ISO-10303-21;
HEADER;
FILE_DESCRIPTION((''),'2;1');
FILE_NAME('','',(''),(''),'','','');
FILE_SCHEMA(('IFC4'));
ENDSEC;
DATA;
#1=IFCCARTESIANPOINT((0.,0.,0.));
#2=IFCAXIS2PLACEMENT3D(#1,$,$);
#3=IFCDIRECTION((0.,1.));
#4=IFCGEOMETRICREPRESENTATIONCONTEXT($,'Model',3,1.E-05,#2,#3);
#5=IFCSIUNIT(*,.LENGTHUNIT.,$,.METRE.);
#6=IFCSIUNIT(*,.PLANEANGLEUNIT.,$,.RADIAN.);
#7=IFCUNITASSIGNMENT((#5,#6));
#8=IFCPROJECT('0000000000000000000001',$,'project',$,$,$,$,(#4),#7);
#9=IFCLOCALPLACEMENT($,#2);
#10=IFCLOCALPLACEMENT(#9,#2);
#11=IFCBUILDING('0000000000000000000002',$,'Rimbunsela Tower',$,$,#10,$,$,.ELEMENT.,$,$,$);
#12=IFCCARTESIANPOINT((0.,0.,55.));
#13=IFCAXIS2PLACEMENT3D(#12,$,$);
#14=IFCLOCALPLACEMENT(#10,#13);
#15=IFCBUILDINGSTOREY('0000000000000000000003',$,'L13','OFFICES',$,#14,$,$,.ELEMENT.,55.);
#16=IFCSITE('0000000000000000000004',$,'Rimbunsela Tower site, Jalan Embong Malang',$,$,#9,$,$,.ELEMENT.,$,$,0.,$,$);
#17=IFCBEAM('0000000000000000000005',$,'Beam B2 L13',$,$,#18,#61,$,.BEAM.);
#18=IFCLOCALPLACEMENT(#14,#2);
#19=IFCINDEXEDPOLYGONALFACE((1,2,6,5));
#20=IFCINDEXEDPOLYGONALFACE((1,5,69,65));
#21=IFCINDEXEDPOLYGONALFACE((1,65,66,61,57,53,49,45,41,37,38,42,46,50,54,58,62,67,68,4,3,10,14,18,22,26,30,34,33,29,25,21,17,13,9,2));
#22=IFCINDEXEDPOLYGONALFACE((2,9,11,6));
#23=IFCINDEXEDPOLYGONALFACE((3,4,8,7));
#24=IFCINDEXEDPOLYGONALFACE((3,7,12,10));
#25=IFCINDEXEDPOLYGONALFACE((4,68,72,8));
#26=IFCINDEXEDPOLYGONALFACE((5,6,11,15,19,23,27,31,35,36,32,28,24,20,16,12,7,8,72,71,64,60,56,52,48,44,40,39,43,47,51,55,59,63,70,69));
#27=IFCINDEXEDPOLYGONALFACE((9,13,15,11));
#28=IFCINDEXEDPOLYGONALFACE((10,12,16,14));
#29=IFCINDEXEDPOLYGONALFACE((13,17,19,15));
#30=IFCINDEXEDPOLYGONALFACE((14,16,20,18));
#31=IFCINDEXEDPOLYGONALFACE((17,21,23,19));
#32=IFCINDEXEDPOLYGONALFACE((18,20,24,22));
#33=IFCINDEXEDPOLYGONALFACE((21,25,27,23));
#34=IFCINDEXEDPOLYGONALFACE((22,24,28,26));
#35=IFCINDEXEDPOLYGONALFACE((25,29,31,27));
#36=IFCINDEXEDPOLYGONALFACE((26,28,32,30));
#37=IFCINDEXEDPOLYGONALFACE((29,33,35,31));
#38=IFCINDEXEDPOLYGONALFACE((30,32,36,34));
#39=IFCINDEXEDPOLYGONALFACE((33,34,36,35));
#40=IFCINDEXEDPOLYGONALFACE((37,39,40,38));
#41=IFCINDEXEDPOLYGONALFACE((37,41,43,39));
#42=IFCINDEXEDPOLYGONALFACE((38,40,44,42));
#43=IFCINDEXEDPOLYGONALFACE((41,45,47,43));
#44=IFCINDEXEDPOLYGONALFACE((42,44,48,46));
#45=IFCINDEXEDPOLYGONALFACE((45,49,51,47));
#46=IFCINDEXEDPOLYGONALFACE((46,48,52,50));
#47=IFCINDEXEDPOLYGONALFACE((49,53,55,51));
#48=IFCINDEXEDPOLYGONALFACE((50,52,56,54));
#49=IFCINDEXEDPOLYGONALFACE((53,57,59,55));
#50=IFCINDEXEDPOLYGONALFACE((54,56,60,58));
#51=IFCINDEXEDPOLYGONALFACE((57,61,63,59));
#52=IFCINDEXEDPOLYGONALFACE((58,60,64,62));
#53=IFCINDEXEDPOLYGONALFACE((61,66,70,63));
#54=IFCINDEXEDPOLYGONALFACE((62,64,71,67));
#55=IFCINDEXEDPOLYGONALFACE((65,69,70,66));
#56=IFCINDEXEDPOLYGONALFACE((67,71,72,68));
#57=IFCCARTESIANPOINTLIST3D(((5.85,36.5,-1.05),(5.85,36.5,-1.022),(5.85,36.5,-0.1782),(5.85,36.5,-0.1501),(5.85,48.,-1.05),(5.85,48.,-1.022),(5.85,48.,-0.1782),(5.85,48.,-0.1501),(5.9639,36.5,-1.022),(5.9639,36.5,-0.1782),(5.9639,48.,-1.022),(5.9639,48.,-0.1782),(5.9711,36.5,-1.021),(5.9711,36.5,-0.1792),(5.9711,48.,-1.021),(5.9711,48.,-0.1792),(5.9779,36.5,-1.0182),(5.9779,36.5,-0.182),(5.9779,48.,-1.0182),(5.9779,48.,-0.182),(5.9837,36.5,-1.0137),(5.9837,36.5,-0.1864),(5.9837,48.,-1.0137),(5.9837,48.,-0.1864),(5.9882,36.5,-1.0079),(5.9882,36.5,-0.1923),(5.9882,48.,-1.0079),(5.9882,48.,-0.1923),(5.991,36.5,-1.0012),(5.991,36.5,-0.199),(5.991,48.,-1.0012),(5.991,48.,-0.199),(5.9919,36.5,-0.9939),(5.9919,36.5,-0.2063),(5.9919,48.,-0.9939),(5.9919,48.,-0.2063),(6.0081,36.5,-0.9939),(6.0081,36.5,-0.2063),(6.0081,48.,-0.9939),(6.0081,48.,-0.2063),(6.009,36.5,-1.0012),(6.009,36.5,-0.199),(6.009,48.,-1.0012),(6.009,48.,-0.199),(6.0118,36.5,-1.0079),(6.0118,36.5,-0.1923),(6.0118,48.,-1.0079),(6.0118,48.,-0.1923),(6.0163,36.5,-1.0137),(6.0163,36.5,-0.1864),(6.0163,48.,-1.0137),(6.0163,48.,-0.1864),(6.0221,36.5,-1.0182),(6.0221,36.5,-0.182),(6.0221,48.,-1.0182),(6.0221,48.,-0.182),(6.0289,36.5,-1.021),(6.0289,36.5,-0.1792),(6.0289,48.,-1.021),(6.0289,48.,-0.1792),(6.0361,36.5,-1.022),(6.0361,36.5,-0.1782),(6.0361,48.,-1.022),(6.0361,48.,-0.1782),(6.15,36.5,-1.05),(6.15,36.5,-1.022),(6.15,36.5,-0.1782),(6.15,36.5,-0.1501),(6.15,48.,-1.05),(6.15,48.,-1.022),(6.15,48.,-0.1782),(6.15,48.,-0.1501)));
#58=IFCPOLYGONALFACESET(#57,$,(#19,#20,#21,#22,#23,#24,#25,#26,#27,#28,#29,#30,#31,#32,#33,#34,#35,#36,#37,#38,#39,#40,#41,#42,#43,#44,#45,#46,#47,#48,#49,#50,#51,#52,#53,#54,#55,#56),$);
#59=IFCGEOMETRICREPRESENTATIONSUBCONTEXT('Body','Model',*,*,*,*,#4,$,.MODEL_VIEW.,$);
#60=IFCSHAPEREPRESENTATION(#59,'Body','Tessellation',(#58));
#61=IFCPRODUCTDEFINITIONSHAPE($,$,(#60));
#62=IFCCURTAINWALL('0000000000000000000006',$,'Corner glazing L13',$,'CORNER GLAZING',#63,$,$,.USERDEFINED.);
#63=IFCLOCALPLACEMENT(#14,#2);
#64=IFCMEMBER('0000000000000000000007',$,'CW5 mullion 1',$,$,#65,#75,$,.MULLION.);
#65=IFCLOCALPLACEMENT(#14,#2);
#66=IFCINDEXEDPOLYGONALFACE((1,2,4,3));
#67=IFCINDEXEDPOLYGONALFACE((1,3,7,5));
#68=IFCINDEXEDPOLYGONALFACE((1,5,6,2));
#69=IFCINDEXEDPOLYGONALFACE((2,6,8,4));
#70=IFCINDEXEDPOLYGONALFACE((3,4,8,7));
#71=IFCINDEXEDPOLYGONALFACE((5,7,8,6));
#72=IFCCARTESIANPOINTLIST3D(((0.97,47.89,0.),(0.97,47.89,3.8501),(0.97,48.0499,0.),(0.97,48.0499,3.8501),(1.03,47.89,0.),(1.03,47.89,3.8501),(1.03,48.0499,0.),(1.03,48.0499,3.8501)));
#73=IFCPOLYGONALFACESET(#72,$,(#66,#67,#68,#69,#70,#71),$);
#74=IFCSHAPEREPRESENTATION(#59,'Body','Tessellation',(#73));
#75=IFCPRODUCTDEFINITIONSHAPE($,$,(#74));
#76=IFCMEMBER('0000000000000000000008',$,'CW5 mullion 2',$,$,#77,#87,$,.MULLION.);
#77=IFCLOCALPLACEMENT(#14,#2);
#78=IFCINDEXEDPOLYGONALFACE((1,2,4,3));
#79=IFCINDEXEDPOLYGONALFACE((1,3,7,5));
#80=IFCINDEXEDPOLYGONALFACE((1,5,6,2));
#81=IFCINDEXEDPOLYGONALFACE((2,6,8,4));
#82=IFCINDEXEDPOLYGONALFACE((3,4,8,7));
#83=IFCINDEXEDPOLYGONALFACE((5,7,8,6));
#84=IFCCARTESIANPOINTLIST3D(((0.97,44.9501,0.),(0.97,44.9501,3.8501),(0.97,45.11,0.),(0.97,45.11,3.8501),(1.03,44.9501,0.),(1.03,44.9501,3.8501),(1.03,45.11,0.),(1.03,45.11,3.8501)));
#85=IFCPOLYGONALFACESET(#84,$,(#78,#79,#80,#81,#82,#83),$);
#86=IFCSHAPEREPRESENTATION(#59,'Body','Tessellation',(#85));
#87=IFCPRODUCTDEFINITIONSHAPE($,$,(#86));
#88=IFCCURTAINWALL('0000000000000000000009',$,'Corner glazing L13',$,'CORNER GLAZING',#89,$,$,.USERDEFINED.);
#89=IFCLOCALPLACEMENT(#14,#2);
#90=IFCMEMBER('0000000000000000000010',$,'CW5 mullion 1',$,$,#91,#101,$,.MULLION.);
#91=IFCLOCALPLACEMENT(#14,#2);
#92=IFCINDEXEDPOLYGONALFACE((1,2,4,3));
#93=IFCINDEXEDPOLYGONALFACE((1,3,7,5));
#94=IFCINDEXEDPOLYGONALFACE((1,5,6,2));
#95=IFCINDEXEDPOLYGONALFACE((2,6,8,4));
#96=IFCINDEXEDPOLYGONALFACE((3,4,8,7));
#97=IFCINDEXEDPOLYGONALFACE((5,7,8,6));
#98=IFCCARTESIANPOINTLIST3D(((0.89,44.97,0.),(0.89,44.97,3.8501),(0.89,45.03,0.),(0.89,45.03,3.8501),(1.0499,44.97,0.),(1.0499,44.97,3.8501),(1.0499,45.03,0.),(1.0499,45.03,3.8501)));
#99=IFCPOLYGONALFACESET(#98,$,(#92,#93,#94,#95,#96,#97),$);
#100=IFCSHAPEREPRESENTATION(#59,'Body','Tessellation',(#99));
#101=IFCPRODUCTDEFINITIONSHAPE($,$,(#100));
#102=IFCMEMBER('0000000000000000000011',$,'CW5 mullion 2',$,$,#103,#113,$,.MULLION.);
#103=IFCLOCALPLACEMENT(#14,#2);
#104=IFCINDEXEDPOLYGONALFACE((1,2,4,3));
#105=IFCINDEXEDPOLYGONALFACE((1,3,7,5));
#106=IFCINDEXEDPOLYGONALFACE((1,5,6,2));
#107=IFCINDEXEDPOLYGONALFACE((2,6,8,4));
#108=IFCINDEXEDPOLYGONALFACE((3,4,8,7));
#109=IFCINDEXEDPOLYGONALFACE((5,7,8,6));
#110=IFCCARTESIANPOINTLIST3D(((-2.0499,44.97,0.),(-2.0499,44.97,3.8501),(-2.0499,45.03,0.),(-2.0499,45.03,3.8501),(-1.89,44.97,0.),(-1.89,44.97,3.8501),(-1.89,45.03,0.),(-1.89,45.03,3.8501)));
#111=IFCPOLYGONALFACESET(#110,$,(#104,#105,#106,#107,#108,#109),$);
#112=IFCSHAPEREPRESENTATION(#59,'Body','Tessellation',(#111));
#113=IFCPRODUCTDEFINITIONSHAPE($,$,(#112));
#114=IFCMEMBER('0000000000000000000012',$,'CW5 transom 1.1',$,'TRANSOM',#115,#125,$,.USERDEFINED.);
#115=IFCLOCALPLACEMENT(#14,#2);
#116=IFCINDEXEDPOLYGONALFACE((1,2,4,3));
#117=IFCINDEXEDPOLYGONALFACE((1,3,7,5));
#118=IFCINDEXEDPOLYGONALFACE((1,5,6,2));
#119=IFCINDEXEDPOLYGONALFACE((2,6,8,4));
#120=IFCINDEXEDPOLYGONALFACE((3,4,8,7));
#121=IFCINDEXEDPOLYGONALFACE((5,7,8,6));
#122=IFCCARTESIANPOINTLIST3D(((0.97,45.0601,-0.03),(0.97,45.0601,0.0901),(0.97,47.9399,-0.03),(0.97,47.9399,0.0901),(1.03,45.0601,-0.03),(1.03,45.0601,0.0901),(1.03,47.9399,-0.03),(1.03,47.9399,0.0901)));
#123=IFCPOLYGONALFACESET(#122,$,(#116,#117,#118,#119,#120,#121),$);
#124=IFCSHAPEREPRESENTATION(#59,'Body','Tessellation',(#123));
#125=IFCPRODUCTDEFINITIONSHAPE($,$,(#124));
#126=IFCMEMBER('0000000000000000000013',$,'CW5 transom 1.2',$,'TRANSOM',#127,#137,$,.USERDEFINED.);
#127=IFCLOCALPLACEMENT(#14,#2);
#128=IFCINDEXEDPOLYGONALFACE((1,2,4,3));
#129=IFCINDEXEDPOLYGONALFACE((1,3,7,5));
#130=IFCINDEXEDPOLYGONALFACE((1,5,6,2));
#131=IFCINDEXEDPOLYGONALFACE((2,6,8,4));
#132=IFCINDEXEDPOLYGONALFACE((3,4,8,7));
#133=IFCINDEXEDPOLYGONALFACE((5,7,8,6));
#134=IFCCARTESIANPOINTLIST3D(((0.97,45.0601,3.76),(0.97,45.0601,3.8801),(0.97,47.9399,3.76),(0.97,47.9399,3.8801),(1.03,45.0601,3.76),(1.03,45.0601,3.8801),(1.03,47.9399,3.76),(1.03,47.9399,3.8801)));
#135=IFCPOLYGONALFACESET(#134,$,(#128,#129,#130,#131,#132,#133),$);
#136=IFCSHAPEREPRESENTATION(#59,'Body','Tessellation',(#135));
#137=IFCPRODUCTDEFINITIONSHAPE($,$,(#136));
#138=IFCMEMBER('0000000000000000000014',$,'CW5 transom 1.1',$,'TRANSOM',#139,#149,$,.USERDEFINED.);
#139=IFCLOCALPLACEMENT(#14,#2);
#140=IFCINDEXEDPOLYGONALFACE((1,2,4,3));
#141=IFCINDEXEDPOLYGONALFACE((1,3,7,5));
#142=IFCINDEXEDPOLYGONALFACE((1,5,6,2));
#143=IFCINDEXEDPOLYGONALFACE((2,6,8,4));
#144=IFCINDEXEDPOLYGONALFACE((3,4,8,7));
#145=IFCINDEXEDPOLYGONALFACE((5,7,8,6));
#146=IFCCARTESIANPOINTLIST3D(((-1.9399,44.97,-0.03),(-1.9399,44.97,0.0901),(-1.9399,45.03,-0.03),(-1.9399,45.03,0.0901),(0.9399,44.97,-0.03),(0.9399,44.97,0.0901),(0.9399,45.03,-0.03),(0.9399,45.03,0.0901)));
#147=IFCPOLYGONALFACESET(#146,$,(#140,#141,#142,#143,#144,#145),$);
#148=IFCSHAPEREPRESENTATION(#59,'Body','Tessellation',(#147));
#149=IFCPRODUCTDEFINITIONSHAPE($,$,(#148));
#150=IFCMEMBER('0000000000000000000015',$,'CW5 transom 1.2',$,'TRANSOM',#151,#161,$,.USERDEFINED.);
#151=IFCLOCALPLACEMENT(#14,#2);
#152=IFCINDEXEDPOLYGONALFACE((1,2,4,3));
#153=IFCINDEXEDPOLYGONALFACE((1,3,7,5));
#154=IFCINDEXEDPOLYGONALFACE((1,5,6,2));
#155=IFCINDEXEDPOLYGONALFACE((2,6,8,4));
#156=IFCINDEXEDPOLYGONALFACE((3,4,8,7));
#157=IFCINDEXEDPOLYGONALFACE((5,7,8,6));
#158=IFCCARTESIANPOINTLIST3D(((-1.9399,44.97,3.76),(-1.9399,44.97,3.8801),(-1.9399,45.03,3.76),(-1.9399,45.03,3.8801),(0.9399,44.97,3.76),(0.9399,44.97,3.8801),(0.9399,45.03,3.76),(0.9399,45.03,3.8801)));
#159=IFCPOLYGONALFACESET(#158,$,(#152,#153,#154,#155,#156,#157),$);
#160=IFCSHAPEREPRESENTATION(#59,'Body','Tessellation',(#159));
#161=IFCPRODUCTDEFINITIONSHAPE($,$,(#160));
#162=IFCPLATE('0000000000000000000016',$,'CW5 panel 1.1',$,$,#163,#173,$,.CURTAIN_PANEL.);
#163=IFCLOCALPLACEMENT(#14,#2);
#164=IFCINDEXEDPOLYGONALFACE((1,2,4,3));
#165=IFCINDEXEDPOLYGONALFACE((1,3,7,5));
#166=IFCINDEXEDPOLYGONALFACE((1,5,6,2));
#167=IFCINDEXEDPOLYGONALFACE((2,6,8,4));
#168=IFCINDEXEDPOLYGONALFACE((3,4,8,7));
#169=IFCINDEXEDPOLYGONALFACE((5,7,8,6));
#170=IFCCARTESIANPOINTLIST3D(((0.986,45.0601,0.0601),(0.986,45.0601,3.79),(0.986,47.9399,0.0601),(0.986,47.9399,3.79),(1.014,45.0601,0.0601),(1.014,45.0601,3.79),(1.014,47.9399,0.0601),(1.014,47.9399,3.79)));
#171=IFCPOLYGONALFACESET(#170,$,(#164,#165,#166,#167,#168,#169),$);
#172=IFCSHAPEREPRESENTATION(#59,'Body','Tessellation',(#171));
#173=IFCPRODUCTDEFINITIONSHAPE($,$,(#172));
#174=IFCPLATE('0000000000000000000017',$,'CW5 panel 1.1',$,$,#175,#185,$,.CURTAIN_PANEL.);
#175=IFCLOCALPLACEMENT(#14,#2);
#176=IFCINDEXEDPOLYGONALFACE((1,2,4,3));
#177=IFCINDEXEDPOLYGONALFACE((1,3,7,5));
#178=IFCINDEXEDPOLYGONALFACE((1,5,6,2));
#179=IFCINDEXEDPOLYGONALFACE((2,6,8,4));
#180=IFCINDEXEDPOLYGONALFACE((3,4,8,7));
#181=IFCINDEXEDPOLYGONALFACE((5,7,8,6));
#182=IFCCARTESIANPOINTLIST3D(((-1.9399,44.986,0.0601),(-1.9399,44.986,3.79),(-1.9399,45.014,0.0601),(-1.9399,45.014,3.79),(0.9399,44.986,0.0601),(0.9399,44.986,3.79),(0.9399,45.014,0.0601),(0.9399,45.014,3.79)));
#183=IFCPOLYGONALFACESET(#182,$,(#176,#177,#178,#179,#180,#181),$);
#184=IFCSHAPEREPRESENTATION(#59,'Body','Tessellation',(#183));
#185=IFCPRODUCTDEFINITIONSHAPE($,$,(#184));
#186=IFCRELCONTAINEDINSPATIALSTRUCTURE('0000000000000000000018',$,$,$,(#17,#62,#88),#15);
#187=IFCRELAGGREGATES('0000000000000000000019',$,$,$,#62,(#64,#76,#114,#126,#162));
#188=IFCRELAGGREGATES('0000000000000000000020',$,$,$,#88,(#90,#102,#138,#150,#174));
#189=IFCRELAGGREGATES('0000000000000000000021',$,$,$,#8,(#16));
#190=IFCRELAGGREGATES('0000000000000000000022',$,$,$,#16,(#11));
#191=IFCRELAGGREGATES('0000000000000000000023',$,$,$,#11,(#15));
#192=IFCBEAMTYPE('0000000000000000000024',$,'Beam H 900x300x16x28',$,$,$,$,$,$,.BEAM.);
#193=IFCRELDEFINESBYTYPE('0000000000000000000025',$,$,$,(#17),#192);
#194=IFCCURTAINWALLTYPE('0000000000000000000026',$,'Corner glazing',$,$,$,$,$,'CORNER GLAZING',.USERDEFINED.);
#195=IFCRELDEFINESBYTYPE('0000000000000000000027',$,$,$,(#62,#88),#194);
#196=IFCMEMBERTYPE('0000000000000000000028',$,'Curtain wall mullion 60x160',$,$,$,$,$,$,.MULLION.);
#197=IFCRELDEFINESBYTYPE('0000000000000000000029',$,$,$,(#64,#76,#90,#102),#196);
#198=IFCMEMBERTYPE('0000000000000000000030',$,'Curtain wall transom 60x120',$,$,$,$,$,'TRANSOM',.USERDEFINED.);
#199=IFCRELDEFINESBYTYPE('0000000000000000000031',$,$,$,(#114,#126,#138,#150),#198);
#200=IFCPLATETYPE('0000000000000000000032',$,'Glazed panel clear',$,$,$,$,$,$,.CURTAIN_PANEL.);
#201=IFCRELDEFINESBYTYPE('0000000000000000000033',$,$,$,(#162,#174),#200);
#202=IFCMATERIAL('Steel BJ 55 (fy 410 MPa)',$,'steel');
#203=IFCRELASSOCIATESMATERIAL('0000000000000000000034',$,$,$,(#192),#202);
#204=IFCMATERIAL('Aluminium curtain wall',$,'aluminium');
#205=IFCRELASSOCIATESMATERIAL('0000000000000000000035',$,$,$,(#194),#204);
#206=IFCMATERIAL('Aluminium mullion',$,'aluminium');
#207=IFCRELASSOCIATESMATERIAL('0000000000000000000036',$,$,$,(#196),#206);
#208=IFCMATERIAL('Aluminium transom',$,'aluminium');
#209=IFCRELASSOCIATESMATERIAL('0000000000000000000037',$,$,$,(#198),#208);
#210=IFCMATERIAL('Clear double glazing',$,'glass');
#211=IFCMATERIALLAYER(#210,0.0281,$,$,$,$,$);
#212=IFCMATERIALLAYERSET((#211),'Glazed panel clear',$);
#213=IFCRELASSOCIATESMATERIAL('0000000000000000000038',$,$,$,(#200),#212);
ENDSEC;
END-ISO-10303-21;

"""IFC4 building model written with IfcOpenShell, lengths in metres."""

from ifc_helpers import new_model, si_unit, direction, frame, origin, origin_2d, place, context, subcontext, project, spatial, rectangle, i_section, extrude, material, layer, layer_set, material_profile, profile_set, type_object, element, aggregate, save


model = new_model("IFC4")

# Units and contexts
model_context = context("Model", 3, precision=1e-05, world=origin(), true_north=direction((0.0, 1.0)))
body_context = subcontext(model_context, "Body", "Model", "MODEL_VIEW")
ifc_project = project(units=[si_unit("LENGTHUNIT", "METRE"), si_unit("PLANEANGLEUNIT", "RADIAN")], contexts=[model_context])

# Site, building, storey
site_placement = place(None, origin())
site = spatial("IfcSite", under=ifc_project, at=site_placement, Name="Rimbunsela Tower site, Jalan Embong Malang", CompositionType="ELEMENT", RefElevation=0.0)
building_placement = place(site_placement, origin())
building = spatial("IfcBuilding", under=site, at=building_placement, Name="Rimbunsela Tower", CompositionType="ELEMENT")
storey_placement = place(building_placement, frame((0.0, 0.0, 55.0)))
storey = spatial("IfcBuildingStorey", under=building, at=storey_placement, Name="L13", Description="OFFICES", CompositionType="ELEMENT", Elevation=55.0)

# Beam
ifc_material_1 = material(Name="Steel BJ 55 (fy 410 MPa)", Category="steel")
ifc_material_profile_1 = material_profile(ifc_material_1, i_section(OverallWidth=0.3, OverallDepth=0.8999, WebThickness=0.0161, FlangeThickness=0.0281, FilletRadius=0.0281, at=origin_2d()), Name="H 900x300x16x28")
ifc_profile_set_1 = profile_set([ifc_material_profile_1], Name="Steel BJ 55 (fy 410 MPa)")
beam_type_1 = type_object("IfcBeamType", Name="Beam H 900x300x16x28", PredefinedType="BEAM", material=ifc_profile_set_1)
for number, where, z_axis, x_axis, name in (
    (1, (6.0, 36.5, -0.6001), (0.0, 1.0, 0.0), (-1.0, 0.0, 0.0), "Beam B2 L13"),
):
    element("IfcBeam", number, at=place(storey_placement, frame(where, z_axis=z_axis, x_axis=x_axis)), inside=storey, type_object=beam_type_1, Name=name, PredefinedType="BEAM", context=body_context, shape_type="SweptSolid", body=[
        extrude(i_section(OverallWidth=0.3, OverallDepth=0.8999, WebThickness=0.0161, FlangeThickness=0.0281, FilletRadius=0.0281, at=origin_2d()), origin(), (0.0, 0.0, 1.0), 11.5),
    ])

# Curtain walls, members
ifc_material_2 = material(Name="Aluminium curtain wall", Category="aluminium")
curtain_wall_type = type_object("IfcCurtainWallType", Name="Corner glazing", ElementType="CORNER GLAZING", PredefinedType="USERDEFINED", material=ifc_material_2)
curtain_wall_1_placement = place(storey_placement, origin())
curtain_wall_1 = element("IfcCurtainWall", 2, at=curtain_wall_1_placement, inside=storey, type_object=curtain_wall_type, Name="Corner glazing L13", ObjectType="CORNER GLAZING", PredefinedType="USERDEFINED")
ifc_material_3 = material(Name="Aluminium mullion", Category="aluminium")
ifc_material_profile_2 = material_profile(ifc_material_3, rectangle(XDim=0.0601, YDim=0.1599, at=origin_2d()), Name="Mullion 60x160")
ifc_profile_set_2 = profile_set([ifc_material_profile_2], Name="Aluminium mullion")
member_type_1 = type_object("IfcMemberType", Name="Curtain wall mullion 60x160", PredefinedType="MULLION", material=ifc_profile_set_2)
member_1_placement = place(storey_placement, frame((1.0, 47.97, 0.0), z_axis=(0.0, 0.0, 1.0), x_axis=(1.0, 0.0, 0.0)))
member_1 = element("IfcMember", 3, at=member_1_placement, type_object=member_type_1, Name="CW5 mullion 1", PredefinedType="MULLION", context=body_context, shape_type="SweptSolid", body=[
    extrude(rectangle(XDim=0.0601, YDim=0.1599, at=origin_2d()), origin(), (0.0, 0.0, 1.0), 3.8501),
])
member_2_placement = place(storey_placement, frame((1.0, 45.03, 0.0), z_axis=(0.0, 0.0, 1.0), x_axis=(1.0, 0.0, 0.0)))
member_2 = element("IfcMember", 4, at=member_2_placement, type_object=member_type_1, Name="CW5 mullion 2", PredefinedType="MULLION", context=body_context, shape_type="SweptSolid", body=[
    extrude(rectangle(XDim=0.0601, YDim=0.1599, at=origin_2d()), origin(), (0.0, 0.0, 1.0), 3.8501),
])
curtain_wall_2_placement = place(storey_placement, origin())
curtain_wall_2 = element("IfcCurtainWall", 5, at=curtain_wall_2_placement, inside=storey, type_object=curtain_wall_type, Name="Corner glazing L13", ObjectType="CORNER GLAZING", PredefinedType="USERDEFINED")
member_3_placement = place(storey_placement, frame((0.97, 45.0, 0.0), z_axis=(0.0, 0.0, 1.0), x_axis=(0.0, -1.0, 0.0)))
member_3 = element("IfcMember", 6, at=member_3_placement, type_object=member_type_1, Name="CW5 mullion 1", PredefinedType="MULLION", context=body_context, shape_type="SweptSolid", body=[
    extrude(rectangle(XDim=0.0601, YDim=0.1599, at=origin_2d()), origin(), (0.0, 0.0, 1.0), 3.8501),
])
member_4_placement = place(storey_placement, frame((-1.97, 45.0, 0.0), z_axis=(0.0, 0.0, 1.0), x_axis=(0.0, -1.0, 0.0)))
member_4 = element("IfcMember", 7, at=member_4_placement, type_object=member_type_1, Name="CW5 mullion 2", PredefinedType="MULLION", context=body_context, shape_type="SweptSolid", body=[
    extrude(rectangle(XDim=0.0601, YDim=0.1599, at=origin_2d()), origin(), (0.0, 0.0, 1.0), 3.8501),
])

# Members
ifc_material_4 = material(Name="Aluminium transom", Category="aluminium")
ifc_material_profile_3 = material_profile(ifc_material_4, rectangle(XDim=0.0601, YDim=0.1201, at=origin_2d()), Name="Transom 60x120")
ifc_profile_set_3 = profile_set([ifc_material_profile_3], Name="Aluminium transom")
member_type_2 = type_object("IfcMemberType", Name="Curtain wall transom 60x120", ElementType="TRANSOM", PredefinedType="USERDEFINED", material=ifc_profile_set_3)
member_5_placement = place(storey_placement, frame((1.0, 47.9399, 0.03), z_axis=(0.0, -1.0, 0.0), x_axis=(1.0, 0.0, 0.0)))
member_5 = element("IfcMember", 8, at=member_5_placement, type_object=member_type_2, Name="CW5 transom 1.1", ObjectType="TRANSOM", PredefinedType="USERDEFINED", context=body_context, shape_type="SweptSolid", body=[
    extrude(rectangle(XDim=0.0601, YDim=0.1201, at=origin_2d()), origin(), (0.0, 0.0, 1.0), 2.8799),
])
member_6_placement = place(storey_placement, frame((1.0, 47.9399, 3.8201), z_axis=(0.0, -1.0, 0.0), x_axis=(1.0, 0.0, 0.0)))
member_6 = element("IfcMember", 9, at=member_6_placement, type_object=member_type_2, Name="CW5 transom 1.2", ObjectType="TRANSOM", PredefinedType="USERDEFINED", context=body_context, shape_type="SweptSolid", body=[
    extrude(rectangle(XDim=0.0601, YDim=0.1201, at=origin_2d()), origin(), (0.0, 0.0, 1.0), 2.8799),
])
member_7_placement = place(storey_placement, frame((0.9399, 45.0, 0.03), z_axis=(-1.0, 0.0, 0.0), x_axis=(0.0, -1.0, 0.0)))
member_7 = element("IfcMember", 10, at=member_7_placement, type_object=member_type_2, Name="CW5 transom 1.1", ObjectType="TRANSOM", PredefinedType="USERDEFINED", context=body_context, shape_type="SweptSolid", body=[
    extrude(rectangle(XDim=0.0601, YDim=0.1201, at=origin_2d()), origin(), (0.0, 0.0, 1.0), 2.8799),
])
member_8_placement = place(storey_placement, frame((0.9399, 45.0, 3.8201), z_axis=(-1.0, 0.0, 0.0), x_axis=(0.0, -1.0, 0.0)))
member_8 = element("IfcMember", 11, at=member_8_placement, type_object=member_type_2, Name="CW5 transom 1.2", ObjectType="TRANSOM", PredefinedType="USERDEFINED", context=body_context, shape_type="SweptSolid", body=[
    extrude(rectangle(XDim=0.0601, YDim=0.1201, at=origin_2d()), origin(), (0.0, 0.0, 1.0), 2.8799),
])

# Plates
ifc_material_5 = material(Name="Clear double glazing", Category="glass")
ifc_layer_1 = layer(ifc_material_5, 0.0281)
ifc_layer_set_1 = layer_set([ifc_layer_1], Name="Glazed panel clear")
plate_type = type_object("IfcPlateType", Name="Glazed panel clear", PredefinedType="CURTAIN_PANEL", material=ifc_layer_set_1)
plate_1_placement = place(storey_placement, frame((1.0, 46.5, 0.0601), z_axis=(0.0, 0.0, 1.0), x_axis=(0.0, -1.0, 0.0)))
plate_1 = element("IfcPlate", 12, at=plate_1_placement, type_object=plate_type, Name="CW5 panel 1.1", PredefinedType="CURTAIN_PANEL", context=body_context, shape_type="SweptSolid", body=[
    extrude(rectangle(XDim=2.8799, YDim=0.0281, at=origin_2d()), origin(), (0.0, 0.0, 1.0), 3.73),
])
aggregate(curtain_wall_1, [member_1, member_2, member_5, member_6, plate_1])
plate_2_placement = place(storey_placement, frame((-0.5, 45.0, 0.0601), z_axis=(0.0, 0.0, 1.0), x_axis=(-1.0, 0.0, 0.0)))
plate_2 = element("IfcPlate", 13, at=plate_2_placement, type_object=plate_type, Name="CW5 panel 1.1", PredefinedType="CURTAIN_PANEL", context=body_context, shape_type="SweptSolid", body=[
    extrude(rectangle(XDim=2.8799, YDim=0.0281, at=origin_2d()), origin(), (0.0, 0.0, 1.0), 3.73),
])
aggregate(curtain_wall_2, [member_3, member_4, member_7, member_8, plate_2])

save(model, "model.ifc")
